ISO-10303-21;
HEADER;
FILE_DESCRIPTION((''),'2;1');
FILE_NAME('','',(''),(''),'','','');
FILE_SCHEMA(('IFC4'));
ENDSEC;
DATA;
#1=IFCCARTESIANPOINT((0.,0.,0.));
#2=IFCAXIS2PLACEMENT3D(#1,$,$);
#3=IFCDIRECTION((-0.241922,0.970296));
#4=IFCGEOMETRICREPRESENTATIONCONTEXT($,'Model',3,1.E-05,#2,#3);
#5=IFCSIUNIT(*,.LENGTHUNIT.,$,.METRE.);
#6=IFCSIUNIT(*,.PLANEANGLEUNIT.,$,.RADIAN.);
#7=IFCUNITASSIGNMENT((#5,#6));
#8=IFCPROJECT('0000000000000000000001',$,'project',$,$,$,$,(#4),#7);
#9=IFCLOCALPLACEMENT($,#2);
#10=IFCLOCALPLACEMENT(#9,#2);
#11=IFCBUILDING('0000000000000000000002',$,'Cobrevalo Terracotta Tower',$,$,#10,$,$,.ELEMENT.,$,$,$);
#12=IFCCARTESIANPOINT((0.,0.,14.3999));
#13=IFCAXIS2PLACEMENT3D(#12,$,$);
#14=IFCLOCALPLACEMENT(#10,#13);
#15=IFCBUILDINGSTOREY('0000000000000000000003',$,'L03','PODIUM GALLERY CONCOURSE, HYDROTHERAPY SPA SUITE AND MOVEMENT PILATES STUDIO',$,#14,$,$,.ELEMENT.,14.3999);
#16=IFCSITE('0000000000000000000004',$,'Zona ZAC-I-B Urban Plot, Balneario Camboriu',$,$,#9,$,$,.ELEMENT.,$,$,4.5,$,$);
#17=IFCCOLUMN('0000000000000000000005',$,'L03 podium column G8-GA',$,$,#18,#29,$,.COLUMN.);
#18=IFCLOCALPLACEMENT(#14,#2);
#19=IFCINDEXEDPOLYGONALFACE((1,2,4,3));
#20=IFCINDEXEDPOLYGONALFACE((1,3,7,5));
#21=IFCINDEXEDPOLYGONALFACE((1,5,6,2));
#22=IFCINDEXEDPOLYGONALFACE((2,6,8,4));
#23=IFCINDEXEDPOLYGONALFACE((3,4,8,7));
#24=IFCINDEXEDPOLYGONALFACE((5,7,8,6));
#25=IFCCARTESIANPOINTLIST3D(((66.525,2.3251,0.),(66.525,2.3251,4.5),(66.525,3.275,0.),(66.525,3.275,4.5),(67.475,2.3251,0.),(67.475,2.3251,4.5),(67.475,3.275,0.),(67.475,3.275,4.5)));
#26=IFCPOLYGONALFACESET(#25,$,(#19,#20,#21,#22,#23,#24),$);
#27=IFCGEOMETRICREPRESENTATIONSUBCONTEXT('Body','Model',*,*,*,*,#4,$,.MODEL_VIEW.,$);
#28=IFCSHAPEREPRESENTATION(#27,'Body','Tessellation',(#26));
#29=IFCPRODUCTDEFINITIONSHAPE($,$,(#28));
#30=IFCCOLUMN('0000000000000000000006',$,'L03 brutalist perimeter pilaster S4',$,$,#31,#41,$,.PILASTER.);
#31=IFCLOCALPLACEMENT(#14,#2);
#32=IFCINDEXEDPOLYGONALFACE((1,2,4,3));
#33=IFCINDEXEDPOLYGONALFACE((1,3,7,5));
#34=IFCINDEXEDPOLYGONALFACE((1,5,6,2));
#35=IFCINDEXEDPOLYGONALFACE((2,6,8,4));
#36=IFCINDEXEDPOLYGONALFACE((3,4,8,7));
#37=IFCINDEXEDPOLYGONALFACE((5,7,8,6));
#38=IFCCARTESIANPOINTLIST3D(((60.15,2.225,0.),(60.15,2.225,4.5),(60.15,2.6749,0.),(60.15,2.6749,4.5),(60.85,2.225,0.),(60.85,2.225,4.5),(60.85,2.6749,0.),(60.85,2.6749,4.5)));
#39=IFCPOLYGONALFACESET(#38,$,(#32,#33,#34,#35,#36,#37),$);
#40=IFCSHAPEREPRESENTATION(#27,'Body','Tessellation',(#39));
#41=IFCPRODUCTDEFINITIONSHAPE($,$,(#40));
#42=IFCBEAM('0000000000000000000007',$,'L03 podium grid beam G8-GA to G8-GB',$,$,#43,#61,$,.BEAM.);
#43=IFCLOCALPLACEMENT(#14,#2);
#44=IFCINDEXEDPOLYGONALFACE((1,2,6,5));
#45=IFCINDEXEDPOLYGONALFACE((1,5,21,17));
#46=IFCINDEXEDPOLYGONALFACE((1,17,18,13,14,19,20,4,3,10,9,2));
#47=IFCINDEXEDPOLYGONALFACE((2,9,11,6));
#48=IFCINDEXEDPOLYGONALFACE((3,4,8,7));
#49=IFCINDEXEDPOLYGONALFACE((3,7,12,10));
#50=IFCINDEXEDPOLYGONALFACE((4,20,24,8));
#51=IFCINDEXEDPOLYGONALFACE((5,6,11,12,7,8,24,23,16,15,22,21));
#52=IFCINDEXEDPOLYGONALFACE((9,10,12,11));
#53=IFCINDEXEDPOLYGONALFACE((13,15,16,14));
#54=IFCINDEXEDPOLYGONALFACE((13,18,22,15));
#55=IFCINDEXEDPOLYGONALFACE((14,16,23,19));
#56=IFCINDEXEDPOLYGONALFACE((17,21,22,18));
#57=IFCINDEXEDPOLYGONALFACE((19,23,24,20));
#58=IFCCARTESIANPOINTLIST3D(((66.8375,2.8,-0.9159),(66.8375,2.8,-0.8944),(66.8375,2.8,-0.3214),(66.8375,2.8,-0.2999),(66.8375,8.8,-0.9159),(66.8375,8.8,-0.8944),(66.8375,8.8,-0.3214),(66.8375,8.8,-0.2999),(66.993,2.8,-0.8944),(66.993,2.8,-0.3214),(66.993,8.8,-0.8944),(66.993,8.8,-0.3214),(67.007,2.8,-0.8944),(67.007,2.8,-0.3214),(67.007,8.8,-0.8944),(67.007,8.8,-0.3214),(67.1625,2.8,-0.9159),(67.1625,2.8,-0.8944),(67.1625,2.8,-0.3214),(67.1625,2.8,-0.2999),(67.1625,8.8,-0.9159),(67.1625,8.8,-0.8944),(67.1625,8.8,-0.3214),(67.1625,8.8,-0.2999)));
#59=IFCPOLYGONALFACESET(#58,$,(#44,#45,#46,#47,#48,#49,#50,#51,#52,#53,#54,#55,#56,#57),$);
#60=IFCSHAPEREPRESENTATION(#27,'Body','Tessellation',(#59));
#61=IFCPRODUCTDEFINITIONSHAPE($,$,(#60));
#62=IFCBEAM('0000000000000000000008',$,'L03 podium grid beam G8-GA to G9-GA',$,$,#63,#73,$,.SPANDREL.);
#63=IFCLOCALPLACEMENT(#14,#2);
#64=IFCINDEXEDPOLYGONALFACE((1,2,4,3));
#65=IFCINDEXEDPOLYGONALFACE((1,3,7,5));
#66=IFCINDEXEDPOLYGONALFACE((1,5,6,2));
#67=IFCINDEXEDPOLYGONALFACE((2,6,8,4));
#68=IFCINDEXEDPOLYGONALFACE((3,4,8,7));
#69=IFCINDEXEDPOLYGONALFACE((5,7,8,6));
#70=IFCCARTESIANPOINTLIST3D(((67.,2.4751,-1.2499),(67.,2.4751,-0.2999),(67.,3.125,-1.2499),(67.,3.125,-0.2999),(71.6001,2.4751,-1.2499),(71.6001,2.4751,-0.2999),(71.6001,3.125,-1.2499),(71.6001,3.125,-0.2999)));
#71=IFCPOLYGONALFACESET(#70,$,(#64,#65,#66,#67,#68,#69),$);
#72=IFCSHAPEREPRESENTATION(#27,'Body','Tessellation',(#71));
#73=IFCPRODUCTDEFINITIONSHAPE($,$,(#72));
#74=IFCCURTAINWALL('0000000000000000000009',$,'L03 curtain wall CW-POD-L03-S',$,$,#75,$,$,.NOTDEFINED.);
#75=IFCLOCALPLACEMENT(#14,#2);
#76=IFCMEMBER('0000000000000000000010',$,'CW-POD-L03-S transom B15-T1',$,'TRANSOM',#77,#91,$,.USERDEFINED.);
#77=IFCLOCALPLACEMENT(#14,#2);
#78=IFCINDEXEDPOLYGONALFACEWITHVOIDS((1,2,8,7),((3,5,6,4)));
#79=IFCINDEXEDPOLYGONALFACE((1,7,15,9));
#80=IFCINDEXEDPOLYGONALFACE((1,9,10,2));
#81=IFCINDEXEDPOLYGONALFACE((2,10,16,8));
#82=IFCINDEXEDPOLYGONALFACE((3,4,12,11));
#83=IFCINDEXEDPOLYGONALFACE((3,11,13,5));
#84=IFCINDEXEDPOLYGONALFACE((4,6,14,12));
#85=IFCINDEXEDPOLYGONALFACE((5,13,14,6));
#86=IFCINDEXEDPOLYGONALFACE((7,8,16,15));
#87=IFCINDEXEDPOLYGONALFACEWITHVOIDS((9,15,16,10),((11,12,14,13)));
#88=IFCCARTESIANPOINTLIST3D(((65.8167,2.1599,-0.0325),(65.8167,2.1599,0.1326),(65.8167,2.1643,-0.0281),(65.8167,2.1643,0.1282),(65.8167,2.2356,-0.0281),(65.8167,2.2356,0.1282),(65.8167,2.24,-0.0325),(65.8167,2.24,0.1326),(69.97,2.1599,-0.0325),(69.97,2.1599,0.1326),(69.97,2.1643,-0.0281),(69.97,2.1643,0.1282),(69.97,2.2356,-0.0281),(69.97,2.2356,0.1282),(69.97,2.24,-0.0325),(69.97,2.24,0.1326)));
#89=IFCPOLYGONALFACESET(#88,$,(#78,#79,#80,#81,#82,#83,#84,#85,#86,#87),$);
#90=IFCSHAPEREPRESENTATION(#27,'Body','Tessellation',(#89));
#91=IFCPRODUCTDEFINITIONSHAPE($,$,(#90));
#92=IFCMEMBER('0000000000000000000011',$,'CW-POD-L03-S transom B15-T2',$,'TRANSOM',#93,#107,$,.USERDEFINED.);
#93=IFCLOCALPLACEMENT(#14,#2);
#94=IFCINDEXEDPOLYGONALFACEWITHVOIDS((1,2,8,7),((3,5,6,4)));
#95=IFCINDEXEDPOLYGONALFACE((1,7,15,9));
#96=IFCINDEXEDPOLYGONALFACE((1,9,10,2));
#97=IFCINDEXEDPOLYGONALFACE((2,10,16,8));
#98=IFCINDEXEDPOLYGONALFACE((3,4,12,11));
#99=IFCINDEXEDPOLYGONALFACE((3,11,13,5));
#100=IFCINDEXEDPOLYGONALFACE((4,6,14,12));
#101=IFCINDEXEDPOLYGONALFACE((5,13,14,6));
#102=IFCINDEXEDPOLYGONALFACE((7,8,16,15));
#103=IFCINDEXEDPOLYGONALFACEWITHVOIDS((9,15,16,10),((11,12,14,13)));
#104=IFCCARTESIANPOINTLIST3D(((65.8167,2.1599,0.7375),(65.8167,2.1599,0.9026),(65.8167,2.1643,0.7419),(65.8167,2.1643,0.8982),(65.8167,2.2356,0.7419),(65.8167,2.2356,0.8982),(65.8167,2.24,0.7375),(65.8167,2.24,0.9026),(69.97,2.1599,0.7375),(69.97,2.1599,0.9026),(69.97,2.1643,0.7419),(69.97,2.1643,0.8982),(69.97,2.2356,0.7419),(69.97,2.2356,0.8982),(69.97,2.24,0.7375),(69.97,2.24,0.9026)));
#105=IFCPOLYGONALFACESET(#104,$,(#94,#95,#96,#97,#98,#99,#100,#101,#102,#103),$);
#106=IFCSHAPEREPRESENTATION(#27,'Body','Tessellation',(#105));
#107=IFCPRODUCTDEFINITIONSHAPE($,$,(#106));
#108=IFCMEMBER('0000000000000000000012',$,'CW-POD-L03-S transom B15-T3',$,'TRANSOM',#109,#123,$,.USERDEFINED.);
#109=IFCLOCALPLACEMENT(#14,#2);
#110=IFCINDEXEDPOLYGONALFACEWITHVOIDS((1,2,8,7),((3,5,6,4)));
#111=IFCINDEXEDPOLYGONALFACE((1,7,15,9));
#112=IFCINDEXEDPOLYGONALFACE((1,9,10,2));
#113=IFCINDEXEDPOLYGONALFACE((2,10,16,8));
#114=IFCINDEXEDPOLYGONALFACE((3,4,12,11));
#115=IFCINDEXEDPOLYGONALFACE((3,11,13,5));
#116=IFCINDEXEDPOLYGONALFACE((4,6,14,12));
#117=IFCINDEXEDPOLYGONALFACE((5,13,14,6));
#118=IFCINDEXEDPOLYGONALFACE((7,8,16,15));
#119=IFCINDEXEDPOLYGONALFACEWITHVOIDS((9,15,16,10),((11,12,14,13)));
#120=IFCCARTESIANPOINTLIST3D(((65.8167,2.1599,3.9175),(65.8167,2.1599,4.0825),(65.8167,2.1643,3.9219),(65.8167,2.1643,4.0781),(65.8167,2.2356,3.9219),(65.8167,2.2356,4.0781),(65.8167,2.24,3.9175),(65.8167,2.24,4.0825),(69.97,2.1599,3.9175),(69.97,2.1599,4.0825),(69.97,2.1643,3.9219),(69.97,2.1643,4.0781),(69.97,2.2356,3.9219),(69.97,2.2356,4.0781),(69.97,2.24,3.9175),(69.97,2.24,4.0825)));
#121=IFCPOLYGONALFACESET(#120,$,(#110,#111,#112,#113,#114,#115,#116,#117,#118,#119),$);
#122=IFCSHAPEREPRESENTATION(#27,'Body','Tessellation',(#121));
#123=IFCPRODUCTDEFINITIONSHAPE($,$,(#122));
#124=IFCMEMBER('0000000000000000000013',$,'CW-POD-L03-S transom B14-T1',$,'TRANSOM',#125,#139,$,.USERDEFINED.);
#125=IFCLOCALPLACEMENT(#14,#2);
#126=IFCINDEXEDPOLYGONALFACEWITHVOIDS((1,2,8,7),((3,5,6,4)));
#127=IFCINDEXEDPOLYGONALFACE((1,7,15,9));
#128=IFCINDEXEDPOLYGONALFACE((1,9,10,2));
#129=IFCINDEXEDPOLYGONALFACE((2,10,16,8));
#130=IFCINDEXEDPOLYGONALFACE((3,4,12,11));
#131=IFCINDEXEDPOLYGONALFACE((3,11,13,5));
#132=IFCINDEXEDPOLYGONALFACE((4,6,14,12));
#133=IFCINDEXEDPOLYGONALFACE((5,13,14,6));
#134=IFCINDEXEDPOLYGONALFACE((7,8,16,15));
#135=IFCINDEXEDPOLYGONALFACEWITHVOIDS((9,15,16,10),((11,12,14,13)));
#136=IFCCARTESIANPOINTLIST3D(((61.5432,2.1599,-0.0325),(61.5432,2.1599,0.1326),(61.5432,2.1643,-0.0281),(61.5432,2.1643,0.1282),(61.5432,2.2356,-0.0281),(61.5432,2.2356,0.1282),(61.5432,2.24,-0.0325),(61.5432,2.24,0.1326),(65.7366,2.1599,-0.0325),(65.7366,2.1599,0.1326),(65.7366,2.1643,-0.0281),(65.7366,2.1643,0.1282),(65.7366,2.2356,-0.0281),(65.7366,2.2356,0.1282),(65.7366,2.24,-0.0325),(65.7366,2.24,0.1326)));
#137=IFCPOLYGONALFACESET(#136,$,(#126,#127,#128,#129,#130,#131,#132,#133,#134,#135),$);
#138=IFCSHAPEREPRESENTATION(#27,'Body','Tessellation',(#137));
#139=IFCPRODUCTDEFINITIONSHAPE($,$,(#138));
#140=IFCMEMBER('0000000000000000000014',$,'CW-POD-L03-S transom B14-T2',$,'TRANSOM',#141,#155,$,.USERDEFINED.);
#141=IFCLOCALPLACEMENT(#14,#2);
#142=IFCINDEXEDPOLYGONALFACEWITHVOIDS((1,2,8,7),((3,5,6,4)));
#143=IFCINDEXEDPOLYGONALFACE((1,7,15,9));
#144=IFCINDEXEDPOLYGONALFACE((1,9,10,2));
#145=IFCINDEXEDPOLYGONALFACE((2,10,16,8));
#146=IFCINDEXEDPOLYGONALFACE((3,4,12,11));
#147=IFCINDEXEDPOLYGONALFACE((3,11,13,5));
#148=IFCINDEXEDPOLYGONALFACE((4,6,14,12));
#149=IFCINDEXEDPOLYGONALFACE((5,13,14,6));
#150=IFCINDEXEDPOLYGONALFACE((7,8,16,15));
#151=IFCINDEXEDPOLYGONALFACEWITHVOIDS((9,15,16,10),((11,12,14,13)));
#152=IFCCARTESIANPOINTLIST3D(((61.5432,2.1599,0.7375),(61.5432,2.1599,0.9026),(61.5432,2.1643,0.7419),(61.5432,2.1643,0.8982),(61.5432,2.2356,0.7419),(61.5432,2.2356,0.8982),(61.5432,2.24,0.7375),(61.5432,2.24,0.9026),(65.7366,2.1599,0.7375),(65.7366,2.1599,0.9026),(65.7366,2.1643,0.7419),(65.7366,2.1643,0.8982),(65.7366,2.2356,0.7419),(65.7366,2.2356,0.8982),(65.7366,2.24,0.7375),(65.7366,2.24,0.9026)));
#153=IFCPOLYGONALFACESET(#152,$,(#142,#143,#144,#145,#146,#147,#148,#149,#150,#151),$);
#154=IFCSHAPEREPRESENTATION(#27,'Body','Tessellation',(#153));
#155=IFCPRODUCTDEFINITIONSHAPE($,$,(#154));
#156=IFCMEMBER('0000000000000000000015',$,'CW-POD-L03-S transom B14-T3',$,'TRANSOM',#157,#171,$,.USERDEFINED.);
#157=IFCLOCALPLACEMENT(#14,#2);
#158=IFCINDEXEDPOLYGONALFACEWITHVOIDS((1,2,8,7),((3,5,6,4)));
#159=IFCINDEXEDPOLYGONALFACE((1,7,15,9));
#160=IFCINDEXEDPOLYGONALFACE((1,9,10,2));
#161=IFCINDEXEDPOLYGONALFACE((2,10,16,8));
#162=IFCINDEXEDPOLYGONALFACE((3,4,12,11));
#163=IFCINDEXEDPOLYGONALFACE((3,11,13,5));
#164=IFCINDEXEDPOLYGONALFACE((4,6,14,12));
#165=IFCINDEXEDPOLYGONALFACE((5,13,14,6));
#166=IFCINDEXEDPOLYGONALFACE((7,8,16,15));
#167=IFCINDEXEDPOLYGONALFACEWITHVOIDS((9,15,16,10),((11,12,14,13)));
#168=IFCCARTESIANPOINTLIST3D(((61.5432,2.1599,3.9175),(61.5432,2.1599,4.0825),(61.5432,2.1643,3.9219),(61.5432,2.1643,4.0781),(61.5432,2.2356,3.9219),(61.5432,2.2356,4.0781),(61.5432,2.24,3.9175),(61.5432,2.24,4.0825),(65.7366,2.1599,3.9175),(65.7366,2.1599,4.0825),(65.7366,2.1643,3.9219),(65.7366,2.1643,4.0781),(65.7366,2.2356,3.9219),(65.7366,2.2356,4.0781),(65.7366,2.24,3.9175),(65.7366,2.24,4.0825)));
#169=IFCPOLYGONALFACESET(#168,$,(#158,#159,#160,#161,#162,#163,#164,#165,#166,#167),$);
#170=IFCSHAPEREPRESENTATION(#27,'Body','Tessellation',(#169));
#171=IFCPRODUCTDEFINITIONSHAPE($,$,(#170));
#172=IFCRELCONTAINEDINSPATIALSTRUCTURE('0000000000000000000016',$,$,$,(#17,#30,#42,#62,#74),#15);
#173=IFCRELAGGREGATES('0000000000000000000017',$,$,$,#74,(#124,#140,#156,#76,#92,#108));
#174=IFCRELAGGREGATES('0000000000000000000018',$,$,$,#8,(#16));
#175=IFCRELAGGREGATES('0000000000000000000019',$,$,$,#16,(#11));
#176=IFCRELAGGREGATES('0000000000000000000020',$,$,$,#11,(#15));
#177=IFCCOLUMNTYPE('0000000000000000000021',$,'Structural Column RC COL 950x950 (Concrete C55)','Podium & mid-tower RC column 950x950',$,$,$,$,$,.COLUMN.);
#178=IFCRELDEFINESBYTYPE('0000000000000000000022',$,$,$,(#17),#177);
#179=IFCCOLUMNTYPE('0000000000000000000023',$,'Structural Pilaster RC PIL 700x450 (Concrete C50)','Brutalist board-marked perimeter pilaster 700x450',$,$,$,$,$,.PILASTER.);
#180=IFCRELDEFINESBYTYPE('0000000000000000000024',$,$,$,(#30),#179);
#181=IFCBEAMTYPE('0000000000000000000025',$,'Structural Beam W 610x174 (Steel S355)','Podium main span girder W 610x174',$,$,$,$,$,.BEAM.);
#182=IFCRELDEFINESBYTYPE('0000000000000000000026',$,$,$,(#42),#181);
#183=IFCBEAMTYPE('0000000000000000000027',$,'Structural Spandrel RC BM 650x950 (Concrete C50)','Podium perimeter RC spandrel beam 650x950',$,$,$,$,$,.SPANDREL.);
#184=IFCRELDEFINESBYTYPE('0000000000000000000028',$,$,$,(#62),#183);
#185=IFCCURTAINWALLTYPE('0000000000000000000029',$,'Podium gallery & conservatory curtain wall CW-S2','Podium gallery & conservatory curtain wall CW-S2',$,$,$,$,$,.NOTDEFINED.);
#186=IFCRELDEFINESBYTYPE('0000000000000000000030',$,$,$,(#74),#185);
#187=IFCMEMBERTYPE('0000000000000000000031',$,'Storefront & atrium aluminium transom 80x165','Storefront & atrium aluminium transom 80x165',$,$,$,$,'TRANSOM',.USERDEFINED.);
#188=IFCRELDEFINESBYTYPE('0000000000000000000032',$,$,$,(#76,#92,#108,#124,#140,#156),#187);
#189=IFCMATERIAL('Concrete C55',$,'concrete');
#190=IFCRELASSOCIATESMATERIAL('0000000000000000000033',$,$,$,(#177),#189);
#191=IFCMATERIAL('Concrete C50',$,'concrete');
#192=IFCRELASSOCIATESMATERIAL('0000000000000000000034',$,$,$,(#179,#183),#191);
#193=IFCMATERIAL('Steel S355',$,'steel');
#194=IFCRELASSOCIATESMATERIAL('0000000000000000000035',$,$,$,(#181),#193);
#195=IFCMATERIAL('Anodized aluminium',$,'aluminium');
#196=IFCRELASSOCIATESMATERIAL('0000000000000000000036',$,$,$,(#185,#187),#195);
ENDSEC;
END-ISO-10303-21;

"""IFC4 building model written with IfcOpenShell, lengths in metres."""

from ifc_helpers import new_model, si_unit, direction, frame, origin, origin_2d, place, context, subcontext, project, spatial, rectangle, hollow_rectangle, i_section, extrude, source, transform, mapped, material, material_profile, profile_set, type_object, element, aggregate, save


model = new_model("IFC4")

# Units and contexts
model_context = context("Model", 3, precision=1e-05, world=origin(), true_north=direction((-0.241922, 0.970296)))
body_context = subcontext(model_context, "Body", "Model", "MODEL_VIEW")
ifc_project = project(units=[si_unit("LENGTHUNIT", "METRE"), si_unit("PLANEANGLEUNIT", "RADIAN")], contexts=[model_context])

# Site, building, storey
site_placement = place(None, origin())
site = spatial("IfcSite", under=ifc_project, at=site_placement, Name="Zona ZAC-I-B Urban Plot, Balneario Camboriu", CompositionType="ELEMENT", RefElevation=4.5)
building_placement = place(site_placement, origin())
building = spatial("IfcBuilding", under=site, at=building_placement, Name="Cobrevalo Terracotta Tower", CompositionType="ELEMENT")
storey_placement = place(building_placement, frame((0.0, 0.0, 14.3999)))
storey = spatial("IfcBuildingStorey", under=building, at=storey_placement, Name="L03", Description="PODIUM GALLERY CONCOURSE, HYDROTHERAPY SPA SUITE AND MOVEMENT PILATES STUDIO", CompositionType="ELEMENT", Elevation=14.3999)

# Columns
ifc_material_1 = material(Name="Concrete C55", Category="concrete")
ifc_material_profile_1 = material_profile(ifc_material_1, rectangle(XDim=0.95, YDim=0.95, at=origin_2d()), Name="RC COL 950x950")
ifc_profile_set_1 = profile_set([ifc_material_profile_1], Name="Concrete C55")
column_type_1 = type_object("IfcColumnType", Name="Structural Column RC COL 950x950 (Concrete C55)", Description="Podium & mid-tower RC column 950x950", PredefinedType="COLUMN", material=ifc_profile_set_1)
column_1_placement = place(storey_placement, frame((67.0, 2.8, 0.0), z_axis=(0.0, 0.0, 1.0), x_axis=(1.0, 0.0, 0.0)))
element("IfcColumn", 1, at=column_1_placement, inside=storey, type_object=column_type_1, Name="L03 podium column G8-GA", PredefinedType="COLUMN", context=body_context, shape_type="SweptSolid", body=[
    extrude(rectangle(XDim=0.95, YDim=0.95, at=origin_2d()), origin(), (0.0, 0.0, 1.0), 4.5),
])
ifc_material_2 = material(Name="Concrete C50", Category="concrete")
ifc_material_profile_2 = material_profile(ifc_material_2, rectangle(XDim=0.7, YDim=0.45, at=origin_2d()), Name="RC PIL 700x450")
ifc_profile_set_2 = profile_set([ifc_material_profile_2], Name="Concrete C50")
column_type_2 = type_object("IfcColumnType", Name="Structural Pilaster RC PIL 700x450 (Concrete C50)", Description="Brutalist board-marked perimeter pilaster 700x450", PredefinedType="PILASTER", material=ifc_profile_set_2)
column_2_placement = place(storey_placement, frame((60.5, 2.45, 0.0), z_axis=(0.0, 0.0, 1.0), x_axis=(1.0, 0.0, 0.0)))
element("IfcColumn", 2, at=column_2_placement, inside=storey, type_object=column_type_2, Name="L03 brutalist perimeter pilaster S4", PredefinedType="PILASTER", context=body_context, shape_type="SweptSolid", body=[
    extrude(rectangle(XDim=0.7, YDim=0.45, at=origin_2d()), origin(), (0.0, 0.0, 1.0), 4.5),
])

# Beams
ifc_material_3 = material(Name="Steel S355", Category="steel")
ifc_material_profile_3 = material_profile(ifc_material_3, i_section(OverallWidth=0.325, OverallDepth=0.616, WebThickness=0.0139, FlangeThickness=0.0215, at=origin_2d()), Name="W 610x174")
ifc_profile_set_3 = profile_set([ifc_material_profile_3], Name="Steel S355")
beam_type_1 = type_object("IfcBeamType", Name="Structural Beam W 610x174 (Steel S355)", Description="Podium main span girder W 610x174", PredefinedType="BEAM", material=ifc_profile_set_3)
beam_1_placement = place(storey_placement, frame((67.0, 2.8, -0.6079), z_axis=(0.0, 1.0, 0.0), x_axis=(-1.0, 0.0, 0.0)))
element("IfcBeam", 3, at=beam_1_placement, inside=storey, type_object=beam_type_1, Name="L03 podium grid beam G8-GA to G8-GB", PredefinedType="BEAM", context=body_context, shape_type="SweptSolid", body=[
    extrude(i_section(OverallWidth=0.325, OverallDepth=0.616, WebThickness=0.0139, FlangeThickness=0.0215, at=origin_2d()), origin(), (0.0, 0.0, 1.0), 6.0),
])
ifc_material_profile_4 = material_profile(ifc_material_2, rectangle(XDim=0.6499, YDim=0.95, at=origin_2d()), Name="RC BM 650x950")
ifc_profile_set_4 = profile_set([ifc_material_profile_4], Name="Concrete C50")
beam_type_2 = type_object("IfcBeamType", Name="Structural Spandrel RC BM 650x950 (Concrete C50)", Description="Podium perimeter RC spandrel beam 650x950", PredefinedType="SPANDREL", material=ifc_profile_set_4)
beam_2_placement = place(storey_placement, frame((67.0, 2.8, -0.7749), z_axis=(1.0, 0.0, 0.0), x_axis=(0.0, 1.0, 0.0)))
element("IfcBeam", 4, at=beam_2_placement, inside=storey, type_object=beam_type_2, Name="L03 podium grid beam G8-GA to G9-GA", PredefinedType="SPANDREL", context=body_context, shape_type="SweptSolid", body=[
    extrude(rectangle(XDim=0.6499, YDim=0.95, at=origin_2d()), origin(), (0.0, 0.0, 1.0), 4.6001),
])

# Curtain wall, members
ifc_material_4 = material(Name="Anodized aluminium", Category="aluminium")
curtain_wall_type = type_object("IfcCurtainWallType", Name="Podium gallery & conservatory curtain wall CW-S2", Description="Podium gallery & conservatory curtain wall CW-S2", PredefinedType="NOTDEFINED", material=ifc_material_4)
curtain_wall_placement = place(storey_placement, origin())
curtain_wall = element("IfcCurtainWall", 5, at=curtain_wall_placement, inside=storey, type_object=curtain_wall_type, Name="L03 curtain wall CW-POD-L03-S", PredefinedType="NOTDEFINED")
ifc_material_profile_5 = material_profile(ifc_material_4, hollow_rectangle(XDim=0.0801, YDim=0.165, WallThickness=0.0044, at=origin_2d()), Name="CWT 80x165")
ifc_profile_set_5 = profile_set([ifc_material_profile_5], Name="Anodized aluminium")
member_type_1 = type_object("IfcMemberType", Name="Storefront & atrium aluminium transom 80x165", Description="Storefront & atrium aluminium transom 80x165", ElementType="TRANSOM", PredefinedType="USERDEFINED", material=ifc_profile_set_5)
shared_shape_1 = source(origin(), body_context, "Body", "SweptSolid", [
    extrude(hollow_rectangle(XDim=0.0801, YDim=0.165, WallThickness=0.0044, at=origin_2d()), origin(), (0.0, 0.0, 1.0), 4.1533),
])
member_1_placement = place(storey_placement, frame((65.8167, 2.2, 0.05), z_axis=(1.0, 0.0, 0.0), x_axis=(0.0, 1.0, 0.0)))
member_1 = element("IfcMember", 6, at=member_1_placement, type_object=member_type_1, Name="CW-POD-L03-S transom B15-T1", ObjectType="TRANSOM", PredefinedType="USERDEFINED", context=body_context, shape_type="MappedRepresentation", body=[
    mapped(shared_shape_1, transform((0.0, 0.0, 0.0), scale=1.0)),
])
member_2_placement = place(storey_placement, frame((65.8167, 2.2, 0.8201), z_axis=(1.0, 0.0, 0.0), x_axis=(0.0, 1.0, 0.0)))
member_2 = element("IfcMember", 7, at=member_2_placement, type_object=member_type_1, Name="CW-POD-L03-S transom B15-T2", ObjectType="TRANSOM", PredefinedType="USERDEFINED", context=body_context, shape_type="MappedRepresentation", body=[
    mapped(shared_shape_1, transform((0.0, 0.0, 0.0), scale=1.0)),
])
member_3_placement = place(storey_placement, frame((65.8167, 2.2, 4.0), z_axis=(1.0, 0.0, 0.0), x_axis=(0.0, 1.0, 0.0)))
member_3 = element("IfcMember", 8, at=member_3_placement, type_object=member_type_1, Name="CW-POD-L03-S transom B15-T3", ObjectType="TRANSOM", PredefinedType="USERDEFINED", context=body_context, shape_type="MappedRepresentation", body=[
    mapped(shared_shape_1, transform((0.0, 0.0, 0.0), scale=1.0)),
])
shared_shape_2 = source(origin(), body_context, "Body", "SweptSolid", [
    extrude(hollow_rectangle(XDim=0.0801, YDim=0.165, WallThickness=0.0044, at=origin_2d()), origin(), (0.0, 0.0, 1.0), 4.1934),
])
member_4_placement = place(storey_placement, frame((61.5432, 2.2, 0.05), z_axis=(1.0, 0.0, 0.0), x_axis=(0.0, 1.0, 0.0)))
member_4 = element("IfcMember", 9, at=member_4_placement, type_object=member_type_1, Name="CW-POD-L03-S transom B14-T1", ObjectType="TRANSOM", PredefinedType="USERDEFINED", context=body_context, shape_type="MappedRepresentation", body=[
    mapped(shared_shape_2, transform((0.0, 0.0, 0.0), scale=1.0)),
])
member_5_placement = place(storey_placement, frame((61.5432, 2.2, 0.8201), z_axis=(1.0, 0.0, 0.0), x_axis=(0.0, 1.0, 0.0)))
member_5 = element("IfcMember", 10, at=member_5_placement, type_object=member_type_1, Name="CW-POD-L03-S transom B14-T2", ObjectType="TRANSOM", PredefinedType="USERDEFINED", context=body_context, shape_type="MappedRepresentation", body=[
    mapped(shared_shape_2, transform((0.0, 0.0, 0.0), scale=1.0)),
])
member_6_placement = place(storey_placement, frame((61.5432, 2.2, 4.0), z_axis=(1.0, 0.0, 0.0), x_axis=(0.0, 1.0, 0.0)))
member_6 = element("IfcMember", 11, at=member_6_placement, type_object=member_type_1, Name="CW-POD-L03-S transom B14-T3", ObjectType="TRANSOM", PredefinedType="USERDEFINED", context=body_context, shape_type="MappedRepresentation", body=[
    mapped(shared_shape_2, transform((0.0, 0.0, 0.0), scale=1.0)),
])
aggregate(curtain_wall, [member_4, member_5, member_6, member_1, member_2, member_3])

save(model, "model.ifc")
